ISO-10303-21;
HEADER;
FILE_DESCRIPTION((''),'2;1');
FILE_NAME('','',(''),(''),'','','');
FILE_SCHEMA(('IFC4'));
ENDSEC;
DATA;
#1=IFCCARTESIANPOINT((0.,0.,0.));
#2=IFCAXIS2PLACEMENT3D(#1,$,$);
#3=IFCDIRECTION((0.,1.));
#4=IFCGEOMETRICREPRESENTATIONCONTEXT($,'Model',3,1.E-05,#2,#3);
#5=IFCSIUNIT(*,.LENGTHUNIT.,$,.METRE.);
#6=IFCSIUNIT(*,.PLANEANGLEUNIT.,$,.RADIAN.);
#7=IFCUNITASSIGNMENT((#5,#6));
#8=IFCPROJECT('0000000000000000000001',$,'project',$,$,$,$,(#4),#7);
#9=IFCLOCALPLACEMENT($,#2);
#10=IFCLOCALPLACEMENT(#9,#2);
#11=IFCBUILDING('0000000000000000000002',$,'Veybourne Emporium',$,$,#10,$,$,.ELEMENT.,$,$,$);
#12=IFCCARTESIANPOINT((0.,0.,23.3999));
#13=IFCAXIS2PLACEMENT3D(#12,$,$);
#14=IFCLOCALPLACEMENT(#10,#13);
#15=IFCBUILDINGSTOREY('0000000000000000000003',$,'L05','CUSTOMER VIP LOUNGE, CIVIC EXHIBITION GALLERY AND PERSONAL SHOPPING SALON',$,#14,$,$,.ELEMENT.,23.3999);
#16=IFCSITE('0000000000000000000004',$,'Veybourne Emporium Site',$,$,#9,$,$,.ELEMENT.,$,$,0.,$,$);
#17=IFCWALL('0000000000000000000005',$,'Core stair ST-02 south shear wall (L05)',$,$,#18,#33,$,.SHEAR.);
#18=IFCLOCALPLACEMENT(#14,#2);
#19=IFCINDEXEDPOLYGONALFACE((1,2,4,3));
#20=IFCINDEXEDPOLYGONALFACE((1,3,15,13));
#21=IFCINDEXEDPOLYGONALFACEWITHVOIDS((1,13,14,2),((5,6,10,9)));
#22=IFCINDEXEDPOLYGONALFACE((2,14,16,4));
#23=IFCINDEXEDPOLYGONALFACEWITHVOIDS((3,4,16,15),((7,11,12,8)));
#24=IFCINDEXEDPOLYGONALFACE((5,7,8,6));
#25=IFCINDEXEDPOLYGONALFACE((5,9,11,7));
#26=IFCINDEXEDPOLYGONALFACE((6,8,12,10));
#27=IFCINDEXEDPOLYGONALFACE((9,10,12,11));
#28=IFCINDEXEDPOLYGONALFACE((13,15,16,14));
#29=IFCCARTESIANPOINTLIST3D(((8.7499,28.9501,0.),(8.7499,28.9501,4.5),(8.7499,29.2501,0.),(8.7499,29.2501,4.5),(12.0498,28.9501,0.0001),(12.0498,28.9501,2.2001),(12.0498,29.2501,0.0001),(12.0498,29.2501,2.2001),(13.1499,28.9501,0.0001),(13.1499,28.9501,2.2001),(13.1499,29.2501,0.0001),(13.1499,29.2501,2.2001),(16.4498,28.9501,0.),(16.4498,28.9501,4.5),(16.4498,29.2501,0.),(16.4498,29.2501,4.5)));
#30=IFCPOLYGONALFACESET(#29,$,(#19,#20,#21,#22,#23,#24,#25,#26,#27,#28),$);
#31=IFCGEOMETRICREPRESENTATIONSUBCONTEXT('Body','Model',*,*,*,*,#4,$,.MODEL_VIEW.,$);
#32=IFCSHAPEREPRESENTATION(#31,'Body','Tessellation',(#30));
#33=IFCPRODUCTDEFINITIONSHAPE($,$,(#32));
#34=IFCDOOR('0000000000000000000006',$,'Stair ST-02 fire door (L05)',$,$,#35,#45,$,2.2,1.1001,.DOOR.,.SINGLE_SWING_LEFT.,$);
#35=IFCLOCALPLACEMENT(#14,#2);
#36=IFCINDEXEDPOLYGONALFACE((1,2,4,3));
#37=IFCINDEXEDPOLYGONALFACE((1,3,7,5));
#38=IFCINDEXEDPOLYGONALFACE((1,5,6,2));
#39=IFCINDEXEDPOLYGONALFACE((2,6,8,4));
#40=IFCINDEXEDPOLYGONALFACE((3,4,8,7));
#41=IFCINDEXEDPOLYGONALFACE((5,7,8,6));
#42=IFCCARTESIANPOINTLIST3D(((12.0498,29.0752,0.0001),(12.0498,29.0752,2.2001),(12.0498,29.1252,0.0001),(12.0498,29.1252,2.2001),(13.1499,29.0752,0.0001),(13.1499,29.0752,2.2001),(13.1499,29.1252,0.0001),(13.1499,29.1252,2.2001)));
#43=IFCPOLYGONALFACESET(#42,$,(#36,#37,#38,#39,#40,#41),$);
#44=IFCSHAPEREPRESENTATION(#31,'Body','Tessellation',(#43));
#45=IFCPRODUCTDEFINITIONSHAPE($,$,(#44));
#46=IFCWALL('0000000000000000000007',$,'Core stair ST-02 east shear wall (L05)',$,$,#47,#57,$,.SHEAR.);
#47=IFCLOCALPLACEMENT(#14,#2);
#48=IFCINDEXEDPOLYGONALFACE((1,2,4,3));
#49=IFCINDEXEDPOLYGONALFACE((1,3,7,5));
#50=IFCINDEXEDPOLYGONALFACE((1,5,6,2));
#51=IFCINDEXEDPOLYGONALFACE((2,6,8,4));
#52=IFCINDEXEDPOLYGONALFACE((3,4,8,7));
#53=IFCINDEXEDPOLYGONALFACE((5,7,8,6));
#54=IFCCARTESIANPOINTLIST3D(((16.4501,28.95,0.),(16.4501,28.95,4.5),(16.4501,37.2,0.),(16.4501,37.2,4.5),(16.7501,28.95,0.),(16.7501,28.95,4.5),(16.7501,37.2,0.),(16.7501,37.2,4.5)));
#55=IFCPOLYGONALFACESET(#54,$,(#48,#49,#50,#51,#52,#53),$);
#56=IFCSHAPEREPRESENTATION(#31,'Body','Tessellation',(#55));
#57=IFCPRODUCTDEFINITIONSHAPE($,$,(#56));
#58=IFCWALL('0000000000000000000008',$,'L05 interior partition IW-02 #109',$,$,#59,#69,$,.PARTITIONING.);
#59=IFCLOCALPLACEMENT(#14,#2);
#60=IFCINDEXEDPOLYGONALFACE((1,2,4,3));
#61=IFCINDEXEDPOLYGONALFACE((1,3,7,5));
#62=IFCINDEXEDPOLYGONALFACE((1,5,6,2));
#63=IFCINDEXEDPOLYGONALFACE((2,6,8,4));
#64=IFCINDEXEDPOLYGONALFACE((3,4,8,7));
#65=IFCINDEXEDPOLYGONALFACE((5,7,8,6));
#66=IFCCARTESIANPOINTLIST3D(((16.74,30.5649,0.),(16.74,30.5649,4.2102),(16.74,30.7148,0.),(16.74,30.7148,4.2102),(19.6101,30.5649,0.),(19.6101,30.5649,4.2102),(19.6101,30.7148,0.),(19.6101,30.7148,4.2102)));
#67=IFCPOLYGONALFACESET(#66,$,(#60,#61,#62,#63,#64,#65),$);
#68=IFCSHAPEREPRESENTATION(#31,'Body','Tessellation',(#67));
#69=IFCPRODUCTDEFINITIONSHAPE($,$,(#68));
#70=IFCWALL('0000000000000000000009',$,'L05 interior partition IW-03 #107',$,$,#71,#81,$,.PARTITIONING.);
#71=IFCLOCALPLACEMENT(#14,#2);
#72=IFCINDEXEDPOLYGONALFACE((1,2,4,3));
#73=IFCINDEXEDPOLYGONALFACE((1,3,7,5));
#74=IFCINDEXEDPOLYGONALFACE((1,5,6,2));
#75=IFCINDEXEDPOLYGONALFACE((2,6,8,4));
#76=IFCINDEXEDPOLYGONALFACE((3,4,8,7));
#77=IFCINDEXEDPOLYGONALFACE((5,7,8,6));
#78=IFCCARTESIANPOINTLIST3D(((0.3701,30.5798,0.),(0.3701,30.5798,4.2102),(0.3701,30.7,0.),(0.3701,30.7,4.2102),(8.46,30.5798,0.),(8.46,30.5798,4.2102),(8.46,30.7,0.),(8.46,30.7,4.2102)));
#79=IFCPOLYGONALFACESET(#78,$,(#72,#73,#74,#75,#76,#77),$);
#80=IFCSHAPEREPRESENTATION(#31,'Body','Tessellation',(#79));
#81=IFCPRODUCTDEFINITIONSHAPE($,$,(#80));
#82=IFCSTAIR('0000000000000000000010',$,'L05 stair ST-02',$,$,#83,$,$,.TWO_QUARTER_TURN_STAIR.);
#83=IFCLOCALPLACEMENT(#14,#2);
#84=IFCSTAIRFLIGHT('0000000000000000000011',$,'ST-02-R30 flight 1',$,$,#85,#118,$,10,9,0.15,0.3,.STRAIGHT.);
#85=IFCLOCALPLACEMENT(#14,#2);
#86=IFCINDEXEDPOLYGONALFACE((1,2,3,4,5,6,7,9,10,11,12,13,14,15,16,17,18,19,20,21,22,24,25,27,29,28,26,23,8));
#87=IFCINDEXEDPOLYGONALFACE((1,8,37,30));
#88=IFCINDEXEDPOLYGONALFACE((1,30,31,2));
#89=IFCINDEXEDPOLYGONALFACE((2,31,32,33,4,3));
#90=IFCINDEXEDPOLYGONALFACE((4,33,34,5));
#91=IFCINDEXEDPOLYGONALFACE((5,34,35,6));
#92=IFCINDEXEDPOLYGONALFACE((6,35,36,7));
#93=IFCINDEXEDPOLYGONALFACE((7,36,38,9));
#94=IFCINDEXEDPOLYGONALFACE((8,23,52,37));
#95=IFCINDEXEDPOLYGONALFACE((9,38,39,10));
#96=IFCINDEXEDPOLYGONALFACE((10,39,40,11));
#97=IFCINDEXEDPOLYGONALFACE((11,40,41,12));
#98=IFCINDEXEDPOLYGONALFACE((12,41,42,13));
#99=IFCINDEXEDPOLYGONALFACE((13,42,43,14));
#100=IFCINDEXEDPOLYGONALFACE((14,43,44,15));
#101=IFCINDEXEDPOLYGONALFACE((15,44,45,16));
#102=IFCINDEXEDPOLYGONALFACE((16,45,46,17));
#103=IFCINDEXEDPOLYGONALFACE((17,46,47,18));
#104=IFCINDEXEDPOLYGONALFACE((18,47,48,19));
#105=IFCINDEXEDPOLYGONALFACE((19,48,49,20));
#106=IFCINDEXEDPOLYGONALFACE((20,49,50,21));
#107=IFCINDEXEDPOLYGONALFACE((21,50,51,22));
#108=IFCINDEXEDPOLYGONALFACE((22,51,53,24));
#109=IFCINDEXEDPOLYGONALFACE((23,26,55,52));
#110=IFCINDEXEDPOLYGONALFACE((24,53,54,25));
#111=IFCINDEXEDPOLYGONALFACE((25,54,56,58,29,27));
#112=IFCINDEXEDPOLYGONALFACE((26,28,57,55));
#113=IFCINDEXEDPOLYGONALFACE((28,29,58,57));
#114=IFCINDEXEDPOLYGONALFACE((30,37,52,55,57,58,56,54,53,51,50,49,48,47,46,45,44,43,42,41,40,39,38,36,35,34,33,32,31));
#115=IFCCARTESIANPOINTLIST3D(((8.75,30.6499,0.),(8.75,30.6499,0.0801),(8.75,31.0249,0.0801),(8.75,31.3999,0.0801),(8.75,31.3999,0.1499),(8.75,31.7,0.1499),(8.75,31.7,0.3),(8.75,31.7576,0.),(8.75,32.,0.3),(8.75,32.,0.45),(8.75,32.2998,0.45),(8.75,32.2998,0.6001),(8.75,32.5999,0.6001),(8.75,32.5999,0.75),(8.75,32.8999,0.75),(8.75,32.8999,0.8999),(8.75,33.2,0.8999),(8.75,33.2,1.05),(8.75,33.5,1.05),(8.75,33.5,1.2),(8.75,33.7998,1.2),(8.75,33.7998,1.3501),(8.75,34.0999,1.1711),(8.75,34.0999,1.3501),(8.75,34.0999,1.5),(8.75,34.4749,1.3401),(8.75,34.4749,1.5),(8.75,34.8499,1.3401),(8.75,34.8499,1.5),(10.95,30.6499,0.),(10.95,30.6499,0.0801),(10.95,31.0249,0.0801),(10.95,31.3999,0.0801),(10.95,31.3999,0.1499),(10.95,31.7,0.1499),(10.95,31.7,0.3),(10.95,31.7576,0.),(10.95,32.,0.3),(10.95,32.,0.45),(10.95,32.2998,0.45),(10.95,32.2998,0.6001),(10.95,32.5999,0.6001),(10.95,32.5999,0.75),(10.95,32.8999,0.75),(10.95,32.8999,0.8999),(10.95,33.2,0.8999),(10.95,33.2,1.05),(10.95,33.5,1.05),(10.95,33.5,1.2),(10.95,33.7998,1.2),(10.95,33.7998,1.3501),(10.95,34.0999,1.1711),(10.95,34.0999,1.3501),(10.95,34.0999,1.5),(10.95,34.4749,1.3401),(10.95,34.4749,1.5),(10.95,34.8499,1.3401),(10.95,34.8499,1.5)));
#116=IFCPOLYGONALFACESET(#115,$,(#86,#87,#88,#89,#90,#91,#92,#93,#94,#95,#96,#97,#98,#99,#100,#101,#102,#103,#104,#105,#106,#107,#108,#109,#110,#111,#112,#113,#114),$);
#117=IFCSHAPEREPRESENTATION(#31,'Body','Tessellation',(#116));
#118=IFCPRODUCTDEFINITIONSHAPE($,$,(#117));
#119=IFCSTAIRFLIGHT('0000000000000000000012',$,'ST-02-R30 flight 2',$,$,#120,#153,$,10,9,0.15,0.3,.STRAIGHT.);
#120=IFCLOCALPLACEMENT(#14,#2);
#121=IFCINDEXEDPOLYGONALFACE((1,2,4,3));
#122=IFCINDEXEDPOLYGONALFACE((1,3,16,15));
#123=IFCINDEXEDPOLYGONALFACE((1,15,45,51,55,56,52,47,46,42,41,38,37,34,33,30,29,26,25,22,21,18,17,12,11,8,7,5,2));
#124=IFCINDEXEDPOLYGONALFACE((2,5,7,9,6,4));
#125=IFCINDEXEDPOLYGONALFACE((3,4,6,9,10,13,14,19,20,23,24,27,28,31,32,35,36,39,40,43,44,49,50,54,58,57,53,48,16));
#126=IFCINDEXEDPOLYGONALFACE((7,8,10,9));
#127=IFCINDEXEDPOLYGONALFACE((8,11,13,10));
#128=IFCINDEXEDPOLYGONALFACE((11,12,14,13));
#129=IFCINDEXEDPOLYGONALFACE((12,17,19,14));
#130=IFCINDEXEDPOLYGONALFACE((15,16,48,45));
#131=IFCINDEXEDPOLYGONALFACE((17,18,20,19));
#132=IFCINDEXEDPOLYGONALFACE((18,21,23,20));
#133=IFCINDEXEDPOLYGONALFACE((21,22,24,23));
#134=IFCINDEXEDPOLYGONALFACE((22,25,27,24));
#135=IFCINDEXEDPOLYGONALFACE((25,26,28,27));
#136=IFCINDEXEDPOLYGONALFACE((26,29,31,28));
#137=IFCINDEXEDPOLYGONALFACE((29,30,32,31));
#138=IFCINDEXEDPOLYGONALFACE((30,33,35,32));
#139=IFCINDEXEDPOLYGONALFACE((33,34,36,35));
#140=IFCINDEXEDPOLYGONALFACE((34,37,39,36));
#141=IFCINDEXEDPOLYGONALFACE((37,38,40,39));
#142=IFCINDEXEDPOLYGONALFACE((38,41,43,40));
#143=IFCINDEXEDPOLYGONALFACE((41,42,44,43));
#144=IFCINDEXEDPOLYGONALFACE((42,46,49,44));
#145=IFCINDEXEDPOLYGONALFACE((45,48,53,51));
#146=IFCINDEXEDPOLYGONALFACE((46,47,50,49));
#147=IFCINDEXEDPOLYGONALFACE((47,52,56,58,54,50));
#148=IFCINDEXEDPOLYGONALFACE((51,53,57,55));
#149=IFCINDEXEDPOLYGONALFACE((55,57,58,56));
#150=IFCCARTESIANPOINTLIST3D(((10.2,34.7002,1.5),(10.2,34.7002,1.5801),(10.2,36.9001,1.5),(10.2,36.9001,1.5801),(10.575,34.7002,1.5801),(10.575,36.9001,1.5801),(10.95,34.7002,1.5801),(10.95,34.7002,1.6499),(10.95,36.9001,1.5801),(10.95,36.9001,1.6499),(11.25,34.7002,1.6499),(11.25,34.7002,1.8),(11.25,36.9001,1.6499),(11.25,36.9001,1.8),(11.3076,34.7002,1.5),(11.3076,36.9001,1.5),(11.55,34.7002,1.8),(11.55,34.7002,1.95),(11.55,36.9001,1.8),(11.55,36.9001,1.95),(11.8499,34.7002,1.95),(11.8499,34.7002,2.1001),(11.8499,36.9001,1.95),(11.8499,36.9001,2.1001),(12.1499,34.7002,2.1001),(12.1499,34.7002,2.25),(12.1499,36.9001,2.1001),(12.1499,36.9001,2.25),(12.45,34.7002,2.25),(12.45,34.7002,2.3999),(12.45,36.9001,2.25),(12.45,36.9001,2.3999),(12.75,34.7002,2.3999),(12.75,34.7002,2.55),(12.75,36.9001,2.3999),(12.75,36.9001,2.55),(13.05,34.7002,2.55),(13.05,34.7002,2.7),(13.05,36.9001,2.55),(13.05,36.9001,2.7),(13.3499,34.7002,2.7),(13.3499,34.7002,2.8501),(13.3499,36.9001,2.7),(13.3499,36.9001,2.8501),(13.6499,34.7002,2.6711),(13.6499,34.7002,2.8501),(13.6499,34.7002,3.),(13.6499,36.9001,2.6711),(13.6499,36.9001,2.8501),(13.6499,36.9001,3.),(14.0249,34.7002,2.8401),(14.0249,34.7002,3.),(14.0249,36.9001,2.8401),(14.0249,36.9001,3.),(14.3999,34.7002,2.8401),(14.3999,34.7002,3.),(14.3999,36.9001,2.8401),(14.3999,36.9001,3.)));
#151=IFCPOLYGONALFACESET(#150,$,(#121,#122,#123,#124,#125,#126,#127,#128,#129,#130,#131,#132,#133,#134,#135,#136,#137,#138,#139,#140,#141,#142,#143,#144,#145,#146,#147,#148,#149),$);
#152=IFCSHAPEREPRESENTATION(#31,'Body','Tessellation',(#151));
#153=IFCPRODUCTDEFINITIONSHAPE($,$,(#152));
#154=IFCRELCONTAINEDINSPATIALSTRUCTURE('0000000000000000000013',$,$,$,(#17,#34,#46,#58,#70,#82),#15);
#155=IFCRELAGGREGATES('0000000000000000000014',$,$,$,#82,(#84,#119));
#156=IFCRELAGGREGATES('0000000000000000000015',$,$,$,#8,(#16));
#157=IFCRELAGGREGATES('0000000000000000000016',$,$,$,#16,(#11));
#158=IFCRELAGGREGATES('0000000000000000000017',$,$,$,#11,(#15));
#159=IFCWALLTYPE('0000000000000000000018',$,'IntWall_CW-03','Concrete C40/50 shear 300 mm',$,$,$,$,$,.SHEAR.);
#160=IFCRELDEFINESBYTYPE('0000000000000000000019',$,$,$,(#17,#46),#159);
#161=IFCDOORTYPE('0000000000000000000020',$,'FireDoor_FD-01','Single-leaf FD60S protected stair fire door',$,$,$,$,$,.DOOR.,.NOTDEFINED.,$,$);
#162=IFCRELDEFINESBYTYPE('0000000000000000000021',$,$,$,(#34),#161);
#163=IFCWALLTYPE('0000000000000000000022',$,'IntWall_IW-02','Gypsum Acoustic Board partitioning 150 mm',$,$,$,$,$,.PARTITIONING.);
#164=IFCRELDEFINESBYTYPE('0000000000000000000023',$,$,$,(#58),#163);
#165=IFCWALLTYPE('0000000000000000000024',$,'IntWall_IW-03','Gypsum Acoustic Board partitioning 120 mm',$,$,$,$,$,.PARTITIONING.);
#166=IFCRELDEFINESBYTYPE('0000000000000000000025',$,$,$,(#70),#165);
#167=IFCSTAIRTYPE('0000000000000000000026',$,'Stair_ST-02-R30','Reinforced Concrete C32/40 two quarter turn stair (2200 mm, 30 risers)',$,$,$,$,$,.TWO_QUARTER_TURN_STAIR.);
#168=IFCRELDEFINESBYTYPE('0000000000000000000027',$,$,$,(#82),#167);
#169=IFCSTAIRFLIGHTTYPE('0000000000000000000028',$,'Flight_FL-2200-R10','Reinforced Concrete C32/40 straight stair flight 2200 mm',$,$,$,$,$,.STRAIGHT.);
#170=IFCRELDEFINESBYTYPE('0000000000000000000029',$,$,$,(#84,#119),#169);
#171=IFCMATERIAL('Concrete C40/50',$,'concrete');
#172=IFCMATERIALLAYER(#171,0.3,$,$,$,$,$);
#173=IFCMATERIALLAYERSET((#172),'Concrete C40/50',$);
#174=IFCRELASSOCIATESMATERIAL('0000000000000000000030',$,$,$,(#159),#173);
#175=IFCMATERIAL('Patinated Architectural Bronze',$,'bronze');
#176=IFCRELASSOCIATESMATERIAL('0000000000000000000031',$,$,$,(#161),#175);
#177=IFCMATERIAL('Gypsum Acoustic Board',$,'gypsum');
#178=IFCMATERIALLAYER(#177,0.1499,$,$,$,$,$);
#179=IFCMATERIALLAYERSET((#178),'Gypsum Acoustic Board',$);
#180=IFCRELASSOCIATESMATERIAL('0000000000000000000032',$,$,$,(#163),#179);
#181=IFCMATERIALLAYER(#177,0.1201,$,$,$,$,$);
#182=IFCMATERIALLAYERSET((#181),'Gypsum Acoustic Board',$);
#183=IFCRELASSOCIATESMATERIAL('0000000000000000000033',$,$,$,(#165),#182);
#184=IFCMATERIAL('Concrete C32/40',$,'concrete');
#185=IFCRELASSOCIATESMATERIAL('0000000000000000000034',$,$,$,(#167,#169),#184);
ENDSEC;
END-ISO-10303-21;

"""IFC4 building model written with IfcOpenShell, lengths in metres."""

from ifc_helpers import new_model, si_unit, direction, frame, frame_2d, origin, place, context, subcontext, project, spatial, polyline, rectangle, outline, extrude, material, layer, layer_set, type_object, element, fill, aggregate, save


model = new_model("IFC4")

# Units and contexts
model_context = context("Model", 3, precision=1e-05, world=origin(), true_north=direction((0.0, 1.0)))
body_context = subcontext(model_context, "Body", "Model", "MODEL_VIEW")
ifc_project = project(units=[si_unit("LENGTHUNIT", "METRE"), si_unit("PLANEANGLEUNIT", "RADIAN")], contexts=[model_context])

# Site, building, storey
site_placement = place(None, origin())
site = spatial("IfcSite", under=ifc_project, at=site_placement, Name="Veybourne Emporium Site", CompositionType="ELEMENT", RefElevation=0.0)
building_placement = place(site_placement, origin())
building = spatial("IfcBuilding", under=site, at=building_placement, Name="Veybourne Emporium", CompositionType="ELEMENT")
storey_placement = place(building_placement, frame((0.0, 0.0, 23.3999)))
storey = spatial("IfcBuildingStorey", under=building, at=storey_placement, Name="L05", Description="CUSTOMER VIP LOUNGE, CIVIC EXHIBITION GALLERY AND PERSONAL SHOPPING SALON", CompositionType="ELEMENT", Elevation=23.3999)

# Shared definitions
ifc_material_1 = material(Name="Concrete C40/50", Category="concrete")

# Shared definitions
ifc_material_2 = material(Name="Concrete C32/40", Category="concrete")

# Wall, opening, door
ifc_layer_1 = layer(ifc_material_1, 0.3)
ifc_layer_set_1 = layer_set([ifc_layer_1], Name="Concrete C40/50")
wall_type_1 = type_object("IfcWallType", Name="IntWall_CW-03", Description="Concrete C40/50 shear 300 mm", PredefinedType="SHEAR", material=ifc_layer_set_1)
wall_1_placement = place(storey_placement, frame((16.45, 29.1001, 0.0), z_axis=(0.0, 0.0, 1.0), x_axis=(-1.0, 0.0, 0.0)))
wall_1 = element("IfcWall", 1, at=wall_1_placement, inside=storey, type_object=wall_type_1, Name="Core stair ST-02 south shear wall (L05)", PredefinedType="SHEAR", context=body_context, shape_type="SweptSolid", body=[
    extrude(rectangle(XDim=7.7, YDim=0.3, at=frame_2d((3.8501, 0.0))), origin(), (0.0, 0.0, 1.0), 4.5),
])
opening_1_placement = place(wall_1_placement, frame((3.3, 0.0, 0.0)))
opening_1 = element("IfcOpeningElement", 2, at=opening_1_placement, cuts=wall_1, PredefinedType="OPENING", context=body_context, shape_type="SweptSolid", body=[
    extrude(rectangle(XDim=1.1001, YDim=2.2, at=frame_2d((0.55, 1.1001))), frame((0.0, 0.1699, 0.0), z_axis=(0.0, -1.0, 0.0), x_axis=(1.0, 0.0, 0.0)), (0.0, 0.0, 1.0), 0.3401),
])
ifc_material_3 = material(Name="Patinated Architectural Bronze", Category="bronze")
door_type = type_object("IfcDoorType", Name="FireDoor_FD-01", Description="Single-leaf FD60S protected stair fire door", OperationType="NOTDEFINED", PredefinedType="DOOR", material=ifc_material_3)
door_placement = place(opening_1_placement, origin())
door = element("IfcDoor", 3, at=door_placement, inside=storey, type_object=door_type, Name="Stair ST-02 fire door (L05)", OperationType="SINGLE_SWING_LEFT", OverallHeight=2.2, OverallWidth=1.1001, PredefinedType="DOOR", context=body_context, shape_type="SweptSolid", body=[
    extrude(rectangle(XDim=1.1001, YDim=2.2, at=frame_2d((0.55, 1.1001))), frame((0.0, 0.0249, 0.0), z_axis=(0.0, -1.0, 0.0), x_axis=(1.0, 0.0, 0.0)), (0.0, 0.0, 1.0), 0.05),
])
fill(opening_1, door)

# Walls
wall_2_placement = place(storey_placement, frame((16.6001, 28.95, 0.0), z_axis=(0.0, 0.0, 1.0), x_axis=(0.0, 1.0, 0.0)))
element("IfcWall", 4, at=wall_2_placement, inside=storey, type_object=wall_type_1, Name="Core stair ST-02 east shear wall (L05)", PredefinedType="SHEAR", context=body_context, shape_type="SweptSolid", body=[
    extrude(rectangle(XDim=8.25, YDim=0.3, at=frame_2d((4.125, 0.0))), origin(), (0.0, 0.0, 1.0), 4.5),
])
ifc_material_4 = material(Name="Gypsum Acoustic Board", Category="gypsum")
ifc_layer_2 = layer(ifc_material_4, 0.1499)
ifc_layer_set_2 = layer_set([ifc_layer_2], Name="Gypsum Acoustic Board")
wall_type_2 = type_object("IfcWallType", Name="IntWall_IW-02", Description="Gypsum Acoustic Board partitioning 150 mm", PredefinedType="PARTITIONING", material=ifc_layer_set_2)
wall_3_placement = place(storey_placement, frame((16.74, 30.6399, 0.0), z_axis=(0.0, 0.0, 1.0), x_axis=(1.0, 0.0, 0.0)))
element("IfcWall", 5, at=wall_3_placement, inside=storey, type_object=wall_type_2, Name="L05 interior partition IW-02 #109", PredefinedType="PARTITIONING", context=body_context, shape_type="SweptSolid", body=[
    extrude(rectangle(XDim=2.8701, YDim=0.1499, at=frame_2d((1.4351, 0.0))), origin(), (0.0, 0.0, 1.0), 4.2102),
])
ifc_layer_3 = layer(ifc_material_4, 0.1201)
ifc_layer_set_3 = layer_set([ifc_layer_3], Name="Gypsum Acoustic Board")
wall_type_3 = type_object("IfcWallType", Name="IntWall_IW-03", Description="Gypsum Acoustic Board partitioning 120 mm", PredefinedType="PARTITIONING", material=ifc_layer_set_3)
wall_4_placement = place(storey_placement, frame((0.3701, 30.6399, 0.0), z_axis=(0.0, 0.0, 1.0), x_axis=(1.0, 0.0, 0.0)))
element("IfcWall", 6, at=wall_4_placement, inside=storey, type_object=wall_type_3, Name="L05 interior partition IW-03 #107", PredefinedType="PARTITIONING", context=body_context, shape_type="SweptSolid", body=[
    extrude(rectangle(XDim=8.0898, YDim=0.1201, at=frame_2d((4.0449, 0.0))), origin(), (0.0, 0.0, 1.0), 4.2102),
])

# Stair, stair flights
stair_type = type_object("IfcStairType", Name="Stair_ST-02-R30", Description="Reinforced Concrete C32/40 two quarter turn stair (2200 mm, 30 risers)", PredefinedType="TWO_QUARTER_TURN_STAIR", material=ifc_material_2)
stair_placement = place(storey_placement, origin())
stair = element("IfcStair", 7, at=stair_placement, inside=storey, type_object=stair_type, Name="L05 stair ST-02", PredefinedType="TWO_QUARTER_TURN_STAIR")
stair_flight_type = type_object("IfcStairFlightType", Name="Flight_FL-2200-R10", Description="Reinforced Concrete C32/40 straight stair flight 2200 mm", PredefinedType="STRAIGHT", material=ifc_material_2)
stair_flight_1_placement = place(storey_placement, frame((9.8501, 31.3999, 0.0), z_axis=(0.0, 0.0, 1.0), x_axis=(0.0, 1.0, 0.0)))
stair_flight_1 = element("IfcStairFlight", 8, at=stair_flight_1_placement, type_object=stair_flight_type, Name="ST-02-R30 flight 1", NumberOfRisers=10, NumberOfTreads=9, PredefinedType="STRAIGHT", RiserHeight=0.15, TreadLength=0.3, context=body_context, shape_type="SweptSolid", body=[
    extrude(outline(polyline([(-0.75, 0.0), (-0.75, 0.0801), (-0.375, 0.0801), (0.0, 0.0801), (0.0, 0.1499), (0.3, 0.1499), (0.3, 0.3), (0.6001, 0.3), (0.6001, 0.45), (0.8999, 0.45), (0.8999, 0.6001), (1.2, 0.6001), (1.2, 0.75), (1.5, 0.75), (1.5, 0.8999), (1.8, 0.8999), (1.8, 1.05), (2.1001, 1.05), (2.1001, 1.2), (2.3999, 1.2), (2.3999, 1.3501), (2.7, 1.3501), (2.7, 1.5), (3.075, 1.5), (3.45, 1.5), (3.45, 1.3401), (3.075, 1.3401), (2.7, 1.1711), (0.3577, 0.0), (-0.75, 0.0)])), frame((0.0, 1.1001, 0.0), z_axis=(0.0, -1.0, 0.0), x_axis=(1.0, 0.0, 0.0)), (0.0, 0.0, 1.0), 2.2),
])
stair_flight_2_placement = place(storey_placement, frame((10.95, 35.8, 1.5), z_axis=(0.0, 0.0, 1.0), x_axis=(1.0, 0.0, 0.0)))
stair_flight_2 = element("IfcStairFlight", 9, at=stair_flight_2_placement, type_object=stair_flight_type, Name="ST-02-R30 flight 2", NumberOfRisers=10, NumberOfTreads=9, PredefinedType="STRAIGHT", RiserHeight=0.15, TreadLength=0.3, context=body_context, shape_type="SweptSolid", body=[
    extrude(outline(polyline([(-0.75, 0.0), (-0.75, 0.0801), (-0.375, 0.0801), (0.0, 0.0801), (0.0, 0.1499), (0.3, 0.1499), (0.3, 0.3), (0.6001, 0.3), (0.6001, 0.45), (0.8999, 0.45), (0.8999, 0.6001), (1.2, 0.6001), (1.2, 0.75), (1.5, 0.75), (1.5, 0.8999), (1.8, 0.8999), (1.8, 1.05), (2.1001, 1.05), (2.1001, 1.2), (2.3999, 1.2), (2.3999, 1.3501), (2.7, 1.3501), (2.7, 1.5), (3.075, 1.5), (3.45, 1.5), (3.45, 1.3401), (3.075, 1.3401), (2.7, 1.1711), (0.3577, 0.0), (-0.75, 0.0)])), frame((0.0, 1.1001, 0.0), z_axis=(0.0, -1.0, 0.0), x_axis=(1.0, 0.0, 0.0)), (0.0, 0.0, 1.0), 2.2),
])
aggregate(stair, [stair_flight_1, stair_flight_2])

save(model, "model.ifc")
